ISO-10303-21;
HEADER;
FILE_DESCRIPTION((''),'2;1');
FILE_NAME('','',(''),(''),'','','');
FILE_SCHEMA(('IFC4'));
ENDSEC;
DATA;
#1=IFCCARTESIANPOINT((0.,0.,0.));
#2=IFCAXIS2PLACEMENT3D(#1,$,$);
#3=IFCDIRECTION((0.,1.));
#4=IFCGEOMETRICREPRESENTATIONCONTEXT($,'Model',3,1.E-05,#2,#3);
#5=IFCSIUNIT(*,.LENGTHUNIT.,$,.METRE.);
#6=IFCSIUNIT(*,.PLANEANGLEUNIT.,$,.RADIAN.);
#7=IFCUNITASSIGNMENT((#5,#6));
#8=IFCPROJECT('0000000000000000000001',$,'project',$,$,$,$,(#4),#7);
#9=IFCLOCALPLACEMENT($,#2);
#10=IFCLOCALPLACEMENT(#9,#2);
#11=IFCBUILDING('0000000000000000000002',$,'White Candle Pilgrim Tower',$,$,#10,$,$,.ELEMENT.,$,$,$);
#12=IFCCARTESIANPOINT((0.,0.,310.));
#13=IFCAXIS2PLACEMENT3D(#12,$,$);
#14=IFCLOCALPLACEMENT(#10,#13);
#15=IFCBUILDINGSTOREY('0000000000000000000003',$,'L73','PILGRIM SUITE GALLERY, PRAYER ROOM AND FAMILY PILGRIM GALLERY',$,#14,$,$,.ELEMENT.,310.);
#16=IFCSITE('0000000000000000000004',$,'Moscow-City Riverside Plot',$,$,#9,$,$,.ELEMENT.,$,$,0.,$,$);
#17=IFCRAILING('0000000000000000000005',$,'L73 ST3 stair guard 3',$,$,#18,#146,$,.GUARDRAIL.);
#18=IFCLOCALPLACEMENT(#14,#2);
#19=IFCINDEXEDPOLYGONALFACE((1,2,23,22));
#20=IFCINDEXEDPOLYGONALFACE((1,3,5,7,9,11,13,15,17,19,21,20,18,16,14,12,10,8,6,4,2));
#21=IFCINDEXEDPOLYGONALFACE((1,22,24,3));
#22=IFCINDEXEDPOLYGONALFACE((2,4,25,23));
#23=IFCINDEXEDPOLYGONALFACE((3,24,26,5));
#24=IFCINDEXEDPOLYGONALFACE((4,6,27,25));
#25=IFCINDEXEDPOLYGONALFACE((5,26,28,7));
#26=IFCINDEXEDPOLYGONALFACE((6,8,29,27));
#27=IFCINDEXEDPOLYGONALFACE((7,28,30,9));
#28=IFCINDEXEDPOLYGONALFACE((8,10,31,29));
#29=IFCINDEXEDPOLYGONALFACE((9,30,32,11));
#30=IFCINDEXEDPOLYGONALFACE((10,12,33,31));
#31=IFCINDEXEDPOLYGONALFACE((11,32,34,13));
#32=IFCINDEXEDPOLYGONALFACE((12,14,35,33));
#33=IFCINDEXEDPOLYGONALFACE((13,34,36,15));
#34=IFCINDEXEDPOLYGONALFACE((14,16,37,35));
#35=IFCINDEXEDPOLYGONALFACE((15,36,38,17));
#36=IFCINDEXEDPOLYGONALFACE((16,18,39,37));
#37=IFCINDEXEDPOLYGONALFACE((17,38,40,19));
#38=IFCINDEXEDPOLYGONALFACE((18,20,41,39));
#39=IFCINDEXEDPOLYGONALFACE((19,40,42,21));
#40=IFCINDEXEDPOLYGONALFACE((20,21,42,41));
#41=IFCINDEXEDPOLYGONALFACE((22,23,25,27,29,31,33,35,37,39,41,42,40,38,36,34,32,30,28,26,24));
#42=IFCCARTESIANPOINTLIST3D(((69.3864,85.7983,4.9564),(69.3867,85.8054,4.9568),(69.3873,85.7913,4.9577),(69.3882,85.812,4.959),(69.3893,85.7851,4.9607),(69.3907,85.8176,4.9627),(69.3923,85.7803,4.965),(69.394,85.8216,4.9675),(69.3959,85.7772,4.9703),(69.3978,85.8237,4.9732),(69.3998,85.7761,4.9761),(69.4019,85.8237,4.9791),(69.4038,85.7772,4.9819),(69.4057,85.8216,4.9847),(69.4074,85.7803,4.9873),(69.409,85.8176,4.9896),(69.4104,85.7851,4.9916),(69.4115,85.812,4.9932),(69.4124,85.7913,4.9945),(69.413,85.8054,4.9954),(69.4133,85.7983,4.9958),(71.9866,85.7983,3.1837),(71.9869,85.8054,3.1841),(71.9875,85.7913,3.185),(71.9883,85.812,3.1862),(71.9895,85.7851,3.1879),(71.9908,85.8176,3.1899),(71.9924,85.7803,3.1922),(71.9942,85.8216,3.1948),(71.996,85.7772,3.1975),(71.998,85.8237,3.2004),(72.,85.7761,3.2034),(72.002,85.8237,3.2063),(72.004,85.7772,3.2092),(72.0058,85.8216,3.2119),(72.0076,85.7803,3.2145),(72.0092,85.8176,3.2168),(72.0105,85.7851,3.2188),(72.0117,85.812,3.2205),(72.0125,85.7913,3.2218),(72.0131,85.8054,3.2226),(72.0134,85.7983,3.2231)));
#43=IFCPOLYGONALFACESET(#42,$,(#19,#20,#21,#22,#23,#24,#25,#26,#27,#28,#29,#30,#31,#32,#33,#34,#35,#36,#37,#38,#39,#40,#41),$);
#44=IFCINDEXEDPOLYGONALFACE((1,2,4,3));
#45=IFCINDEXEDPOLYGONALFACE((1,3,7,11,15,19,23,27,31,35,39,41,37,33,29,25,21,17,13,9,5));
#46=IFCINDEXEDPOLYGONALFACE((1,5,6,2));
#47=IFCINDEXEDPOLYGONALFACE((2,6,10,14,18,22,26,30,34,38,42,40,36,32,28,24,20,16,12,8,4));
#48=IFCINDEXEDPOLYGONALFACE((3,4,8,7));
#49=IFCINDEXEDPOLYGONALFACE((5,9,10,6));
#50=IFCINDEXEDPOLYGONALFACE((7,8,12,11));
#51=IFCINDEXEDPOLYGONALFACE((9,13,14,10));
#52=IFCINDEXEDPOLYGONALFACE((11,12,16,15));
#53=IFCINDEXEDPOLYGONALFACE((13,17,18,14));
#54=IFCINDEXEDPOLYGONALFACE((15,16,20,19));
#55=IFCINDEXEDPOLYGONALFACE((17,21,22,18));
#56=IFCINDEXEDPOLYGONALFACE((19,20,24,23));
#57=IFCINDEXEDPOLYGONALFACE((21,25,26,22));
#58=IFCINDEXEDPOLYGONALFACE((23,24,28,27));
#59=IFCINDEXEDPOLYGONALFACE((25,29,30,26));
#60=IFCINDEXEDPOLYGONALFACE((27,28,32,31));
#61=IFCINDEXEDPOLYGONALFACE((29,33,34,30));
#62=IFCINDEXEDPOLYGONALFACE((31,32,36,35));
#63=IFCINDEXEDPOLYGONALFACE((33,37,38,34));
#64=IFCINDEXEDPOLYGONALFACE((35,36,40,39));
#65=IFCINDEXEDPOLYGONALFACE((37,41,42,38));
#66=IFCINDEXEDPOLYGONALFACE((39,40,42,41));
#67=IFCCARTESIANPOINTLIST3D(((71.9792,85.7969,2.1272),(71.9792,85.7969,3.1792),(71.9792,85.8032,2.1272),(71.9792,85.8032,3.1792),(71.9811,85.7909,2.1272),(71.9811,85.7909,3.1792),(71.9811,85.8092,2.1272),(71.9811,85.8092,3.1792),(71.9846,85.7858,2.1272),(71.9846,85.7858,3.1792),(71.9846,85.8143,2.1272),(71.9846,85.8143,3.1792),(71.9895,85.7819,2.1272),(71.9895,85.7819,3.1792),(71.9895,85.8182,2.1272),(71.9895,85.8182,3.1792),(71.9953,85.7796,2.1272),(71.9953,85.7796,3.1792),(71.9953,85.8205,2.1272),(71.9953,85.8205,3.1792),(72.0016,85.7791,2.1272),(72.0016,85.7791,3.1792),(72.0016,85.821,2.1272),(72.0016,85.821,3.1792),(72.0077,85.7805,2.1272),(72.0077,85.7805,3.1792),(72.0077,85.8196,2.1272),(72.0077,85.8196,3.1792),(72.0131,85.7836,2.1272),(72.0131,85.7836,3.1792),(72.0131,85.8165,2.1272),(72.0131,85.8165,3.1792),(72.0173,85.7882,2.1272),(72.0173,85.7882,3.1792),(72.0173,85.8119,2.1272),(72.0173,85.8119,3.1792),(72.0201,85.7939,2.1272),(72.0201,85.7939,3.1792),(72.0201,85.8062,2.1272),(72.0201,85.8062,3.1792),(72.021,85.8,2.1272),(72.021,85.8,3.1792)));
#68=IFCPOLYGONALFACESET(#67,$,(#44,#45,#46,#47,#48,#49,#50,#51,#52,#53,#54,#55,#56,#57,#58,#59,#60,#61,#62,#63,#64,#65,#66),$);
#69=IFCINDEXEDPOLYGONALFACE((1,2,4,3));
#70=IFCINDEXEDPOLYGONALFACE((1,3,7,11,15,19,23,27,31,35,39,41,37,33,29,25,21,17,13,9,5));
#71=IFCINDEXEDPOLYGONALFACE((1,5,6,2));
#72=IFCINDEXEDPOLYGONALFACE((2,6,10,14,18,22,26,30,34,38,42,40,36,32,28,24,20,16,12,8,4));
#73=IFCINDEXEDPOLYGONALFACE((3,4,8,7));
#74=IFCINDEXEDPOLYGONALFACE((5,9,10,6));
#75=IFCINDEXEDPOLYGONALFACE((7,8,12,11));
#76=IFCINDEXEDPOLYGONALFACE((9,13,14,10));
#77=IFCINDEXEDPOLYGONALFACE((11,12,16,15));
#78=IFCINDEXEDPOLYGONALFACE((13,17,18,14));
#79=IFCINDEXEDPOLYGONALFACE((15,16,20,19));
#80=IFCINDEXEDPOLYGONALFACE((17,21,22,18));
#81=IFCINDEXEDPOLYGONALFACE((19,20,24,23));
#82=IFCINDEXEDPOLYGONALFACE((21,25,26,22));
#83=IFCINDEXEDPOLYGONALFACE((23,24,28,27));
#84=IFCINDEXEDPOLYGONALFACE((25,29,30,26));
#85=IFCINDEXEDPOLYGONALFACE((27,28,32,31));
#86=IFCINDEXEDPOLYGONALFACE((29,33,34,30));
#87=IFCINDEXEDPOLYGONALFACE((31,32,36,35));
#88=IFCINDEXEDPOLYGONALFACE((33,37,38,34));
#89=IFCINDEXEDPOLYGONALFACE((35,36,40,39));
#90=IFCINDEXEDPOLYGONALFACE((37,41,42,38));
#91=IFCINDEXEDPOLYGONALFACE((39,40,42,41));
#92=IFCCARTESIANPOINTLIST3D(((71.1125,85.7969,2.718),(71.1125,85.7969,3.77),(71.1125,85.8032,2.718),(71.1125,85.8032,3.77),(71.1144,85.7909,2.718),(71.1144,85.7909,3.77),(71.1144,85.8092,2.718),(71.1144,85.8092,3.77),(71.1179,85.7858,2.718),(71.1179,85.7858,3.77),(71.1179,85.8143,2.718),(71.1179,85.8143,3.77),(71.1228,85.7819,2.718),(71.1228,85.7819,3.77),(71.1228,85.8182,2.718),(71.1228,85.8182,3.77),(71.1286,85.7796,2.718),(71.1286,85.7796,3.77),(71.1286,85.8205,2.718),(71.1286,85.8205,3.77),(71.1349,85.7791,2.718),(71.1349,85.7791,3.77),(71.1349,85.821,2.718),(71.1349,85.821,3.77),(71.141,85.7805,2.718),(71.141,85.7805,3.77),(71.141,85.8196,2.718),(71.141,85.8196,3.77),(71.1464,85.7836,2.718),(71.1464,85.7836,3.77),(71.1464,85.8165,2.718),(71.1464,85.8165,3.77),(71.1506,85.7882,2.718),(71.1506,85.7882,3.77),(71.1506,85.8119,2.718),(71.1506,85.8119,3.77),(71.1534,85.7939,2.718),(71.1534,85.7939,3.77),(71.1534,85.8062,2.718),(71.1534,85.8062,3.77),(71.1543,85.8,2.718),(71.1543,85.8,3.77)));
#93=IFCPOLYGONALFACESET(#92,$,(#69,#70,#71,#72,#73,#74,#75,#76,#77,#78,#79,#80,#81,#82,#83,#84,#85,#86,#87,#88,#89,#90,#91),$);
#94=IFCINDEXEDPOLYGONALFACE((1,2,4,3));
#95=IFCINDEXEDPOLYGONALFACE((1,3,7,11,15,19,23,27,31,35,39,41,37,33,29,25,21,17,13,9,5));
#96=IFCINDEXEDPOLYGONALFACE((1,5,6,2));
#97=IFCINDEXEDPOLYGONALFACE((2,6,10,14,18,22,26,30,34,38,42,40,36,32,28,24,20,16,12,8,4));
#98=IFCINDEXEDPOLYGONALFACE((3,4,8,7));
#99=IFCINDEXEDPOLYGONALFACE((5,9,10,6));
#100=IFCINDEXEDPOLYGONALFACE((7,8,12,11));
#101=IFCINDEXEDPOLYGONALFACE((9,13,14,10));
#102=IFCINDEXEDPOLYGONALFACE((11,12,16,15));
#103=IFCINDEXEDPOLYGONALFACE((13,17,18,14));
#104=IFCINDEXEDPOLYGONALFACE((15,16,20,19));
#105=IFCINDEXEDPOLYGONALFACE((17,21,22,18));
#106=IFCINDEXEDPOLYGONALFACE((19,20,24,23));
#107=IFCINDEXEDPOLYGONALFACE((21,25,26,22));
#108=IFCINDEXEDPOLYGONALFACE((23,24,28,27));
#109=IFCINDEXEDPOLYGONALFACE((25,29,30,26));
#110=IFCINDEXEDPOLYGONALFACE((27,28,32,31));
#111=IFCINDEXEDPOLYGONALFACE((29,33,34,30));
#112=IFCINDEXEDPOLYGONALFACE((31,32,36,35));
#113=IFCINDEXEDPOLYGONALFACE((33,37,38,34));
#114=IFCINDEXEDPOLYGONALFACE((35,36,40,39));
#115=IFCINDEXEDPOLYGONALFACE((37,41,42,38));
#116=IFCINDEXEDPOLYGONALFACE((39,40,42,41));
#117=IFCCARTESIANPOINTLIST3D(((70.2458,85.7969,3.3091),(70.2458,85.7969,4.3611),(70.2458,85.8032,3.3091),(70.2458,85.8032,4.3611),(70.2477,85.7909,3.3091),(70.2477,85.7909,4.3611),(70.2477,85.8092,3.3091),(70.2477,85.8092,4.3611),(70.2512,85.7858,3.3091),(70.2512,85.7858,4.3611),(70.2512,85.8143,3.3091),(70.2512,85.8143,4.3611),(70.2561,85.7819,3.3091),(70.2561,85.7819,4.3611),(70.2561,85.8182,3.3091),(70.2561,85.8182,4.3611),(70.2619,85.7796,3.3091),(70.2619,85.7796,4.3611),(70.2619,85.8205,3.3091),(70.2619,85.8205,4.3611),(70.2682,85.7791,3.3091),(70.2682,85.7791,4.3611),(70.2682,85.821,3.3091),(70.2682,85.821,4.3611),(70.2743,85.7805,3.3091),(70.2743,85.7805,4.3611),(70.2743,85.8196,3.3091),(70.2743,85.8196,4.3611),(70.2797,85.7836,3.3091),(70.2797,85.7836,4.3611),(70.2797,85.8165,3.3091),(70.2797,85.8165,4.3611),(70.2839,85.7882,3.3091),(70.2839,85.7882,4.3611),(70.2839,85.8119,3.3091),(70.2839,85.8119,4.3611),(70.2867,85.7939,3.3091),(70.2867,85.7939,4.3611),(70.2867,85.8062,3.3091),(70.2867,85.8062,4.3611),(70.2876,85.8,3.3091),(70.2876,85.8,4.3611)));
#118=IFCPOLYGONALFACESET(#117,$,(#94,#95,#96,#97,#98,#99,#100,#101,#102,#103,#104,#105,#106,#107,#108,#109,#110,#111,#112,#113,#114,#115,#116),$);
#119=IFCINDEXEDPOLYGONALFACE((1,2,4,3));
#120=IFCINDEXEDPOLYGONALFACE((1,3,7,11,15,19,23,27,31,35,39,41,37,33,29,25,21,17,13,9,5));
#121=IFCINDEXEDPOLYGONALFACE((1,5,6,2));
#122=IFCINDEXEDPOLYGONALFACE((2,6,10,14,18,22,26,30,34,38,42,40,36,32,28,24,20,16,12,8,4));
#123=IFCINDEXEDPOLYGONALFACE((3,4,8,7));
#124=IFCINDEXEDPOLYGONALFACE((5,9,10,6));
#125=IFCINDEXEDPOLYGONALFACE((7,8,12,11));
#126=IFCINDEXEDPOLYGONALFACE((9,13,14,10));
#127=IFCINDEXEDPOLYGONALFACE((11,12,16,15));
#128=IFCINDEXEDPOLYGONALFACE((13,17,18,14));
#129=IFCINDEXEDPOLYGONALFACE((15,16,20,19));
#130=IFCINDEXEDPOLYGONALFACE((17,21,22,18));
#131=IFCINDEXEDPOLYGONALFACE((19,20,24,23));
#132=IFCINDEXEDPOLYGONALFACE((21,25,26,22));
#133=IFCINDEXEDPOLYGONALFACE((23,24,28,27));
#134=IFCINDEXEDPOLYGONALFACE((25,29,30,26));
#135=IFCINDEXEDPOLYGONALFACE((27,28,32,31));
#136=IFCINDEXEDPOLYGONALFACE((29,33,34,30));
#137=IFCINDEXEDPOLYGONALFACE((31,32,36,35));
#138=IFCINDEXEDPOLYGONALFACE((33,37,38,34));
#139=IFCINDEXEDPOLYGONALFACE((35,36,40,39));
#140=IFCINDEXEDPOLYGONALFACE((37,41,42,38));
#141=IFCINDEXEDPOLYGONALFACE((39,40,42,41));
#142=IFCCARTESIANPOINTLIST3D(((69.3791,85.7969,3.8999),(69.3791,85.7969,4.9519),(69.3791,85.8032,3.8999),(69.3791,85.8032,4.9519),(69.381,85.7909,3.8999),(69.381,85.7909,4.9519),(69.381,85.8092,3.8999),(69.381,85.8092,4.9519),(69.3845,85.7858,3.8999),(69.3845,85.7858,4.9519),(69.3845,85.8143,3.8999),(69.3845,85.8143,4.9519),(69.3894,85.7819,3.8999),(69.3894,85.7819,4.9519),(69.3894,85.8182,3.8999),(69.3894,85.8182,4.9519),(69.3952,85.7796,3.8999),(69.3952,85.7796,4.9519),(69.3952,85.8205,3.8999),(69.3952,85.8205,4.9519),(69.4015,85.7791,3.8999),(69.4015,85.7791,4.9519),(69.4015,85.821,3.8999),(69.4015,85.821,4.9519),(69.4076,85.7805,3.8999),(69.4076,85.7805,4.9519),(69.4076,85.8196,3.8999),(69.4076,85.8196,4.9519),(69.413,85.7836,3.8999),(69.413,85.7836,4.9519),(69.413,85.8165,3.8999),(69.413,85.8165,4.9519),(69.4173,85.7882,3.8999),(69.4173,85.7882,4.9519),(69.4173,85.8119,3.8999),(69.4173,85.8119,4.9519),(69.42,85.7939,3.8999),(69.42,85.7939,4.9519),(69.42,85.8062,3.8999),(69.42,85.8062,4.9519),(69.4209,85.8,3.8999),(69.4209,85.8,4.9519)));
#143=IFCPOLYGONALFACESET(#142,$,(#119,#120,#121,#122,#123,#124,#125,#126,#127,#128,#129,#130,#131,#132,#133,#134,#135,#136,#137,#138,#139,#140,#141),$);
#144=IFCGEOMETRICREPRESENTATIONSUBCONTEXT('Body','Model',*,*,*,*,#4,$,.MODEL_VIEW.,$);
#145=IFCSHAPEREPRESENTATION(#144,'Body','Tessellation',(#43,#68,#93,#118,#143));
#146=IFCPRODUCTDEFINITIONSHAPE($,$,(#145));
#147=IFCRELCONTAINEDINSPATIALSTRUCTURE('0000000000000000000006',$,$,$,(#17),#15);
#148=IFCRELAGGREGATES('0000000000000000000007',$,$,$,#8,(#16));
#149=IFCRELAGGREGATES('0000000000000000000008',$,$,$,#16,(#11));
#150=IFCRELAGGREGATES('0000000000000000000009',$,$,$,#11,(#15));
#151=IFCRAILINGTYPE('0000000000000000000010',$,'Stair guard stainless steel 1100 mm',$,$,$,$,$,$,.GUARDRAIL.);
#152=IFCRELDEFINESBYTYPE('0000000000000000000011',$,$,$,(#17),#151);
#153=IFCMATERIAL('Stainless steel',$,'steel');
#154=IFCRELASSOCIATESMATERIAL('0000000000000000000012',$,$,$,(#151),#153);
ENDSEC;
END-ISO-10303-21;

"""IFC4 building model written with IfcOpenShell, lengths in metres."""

from ifc_helpers import new_model, si_unit, direction, frame, origin, origin_2d, place, context, subcontext, project, spatial, circle, extrude, material, type_object, element, save


model = new_model("IFC4")

# Units and contexts
model_context = context("Model", 3, precision=1e-05, world=origin(), true_north=direction((0.0, 1.0)))
body_context = subcontext(model_context, "Body", "Model", "MODEL_VIEW")
ifc_project = project(units=[si_unit("LENGTHUNIT", "METRE"), si_unit("PLANEANGLEUNIT", "RADIAN")], contexts=[model_context])

# Site, building, storey
site_placement = place(None, origin())
site = spatial("IfcSite", under=ifc_project, at=site_placement, Name="Moscow-City Riverside Plot", CompositionType="ELEMENT", RefElevation=0.0)
building_placement = place(site_placement, origin())
building = spatial("IfcBuilding", under=site, at=building_placement, Name="White Candle Pilgrim Tower", CompositionType="ELEMENT")
storey_placement = place(building_placement, frame((0.0, 0.0, 310.0)))
storey = spatial("IfcBuildingStorey", under=building, at=storey_placement, Name="L73", Description="PILGRIM SUITE GALLERY, PRAYER ROOM AND FAMILY PILGRIM GALLERY", CompositionType="ELEMENT", Elevation=310.0)

# Railing
ifc_material_1 = material(Name="Stainless steel", Category="steel")
railing_type_1 = type_object("IfcRailingType", Name="Stair guard stainless steel 1100 mm", PredefinedType="GUARDRAIL", material=ifc_material_1)
railing_1_placement = place(storey_placement, frame((72.0, 85.8, 2.1272)))
element("IfcRailing", 1, at=railing_1_placement, inside=storey, type_object=railing_type_1, Name="L73 ST3 stair guard 3", PredefinedType="GUARDRAIL", context=body_context, shape_type="SweptSolid", body=[
    extrude(circle(Radius=0.0239, at=origin_2d()), frame((0.0, 0.0, 1.0762), z_axis=(-0.82624, 0.0, 0.563318), x_axis=(0.0, -1.0, 0.0)), (0.0, 0.0, 1.0), 3.147),
    extrude(circle(Radius=0.021, at=origin_2d()), origin(), (0.0, 0.0, 1.0), 1.052),
    extrude(circle(Radius=0.021, at=origin_2d()), frame((-0.8667, 0.0, 0.5908)), (0.0, 0.0, 1.0), 1.052),
    extrude(circle(Radius=0.021, at=origin_2d()), frame((-1.7334, 0.0, 1.1819)), (0.0, 0.0, 1.0), 1.052),
    extrude(circle(Radius=0.021, at=origin_2d()), frame((-2.6001, 0.0, 1.7727)), (0.0, 0.0, 1.0), 1.052),
])

save(model, "model.ifc")
